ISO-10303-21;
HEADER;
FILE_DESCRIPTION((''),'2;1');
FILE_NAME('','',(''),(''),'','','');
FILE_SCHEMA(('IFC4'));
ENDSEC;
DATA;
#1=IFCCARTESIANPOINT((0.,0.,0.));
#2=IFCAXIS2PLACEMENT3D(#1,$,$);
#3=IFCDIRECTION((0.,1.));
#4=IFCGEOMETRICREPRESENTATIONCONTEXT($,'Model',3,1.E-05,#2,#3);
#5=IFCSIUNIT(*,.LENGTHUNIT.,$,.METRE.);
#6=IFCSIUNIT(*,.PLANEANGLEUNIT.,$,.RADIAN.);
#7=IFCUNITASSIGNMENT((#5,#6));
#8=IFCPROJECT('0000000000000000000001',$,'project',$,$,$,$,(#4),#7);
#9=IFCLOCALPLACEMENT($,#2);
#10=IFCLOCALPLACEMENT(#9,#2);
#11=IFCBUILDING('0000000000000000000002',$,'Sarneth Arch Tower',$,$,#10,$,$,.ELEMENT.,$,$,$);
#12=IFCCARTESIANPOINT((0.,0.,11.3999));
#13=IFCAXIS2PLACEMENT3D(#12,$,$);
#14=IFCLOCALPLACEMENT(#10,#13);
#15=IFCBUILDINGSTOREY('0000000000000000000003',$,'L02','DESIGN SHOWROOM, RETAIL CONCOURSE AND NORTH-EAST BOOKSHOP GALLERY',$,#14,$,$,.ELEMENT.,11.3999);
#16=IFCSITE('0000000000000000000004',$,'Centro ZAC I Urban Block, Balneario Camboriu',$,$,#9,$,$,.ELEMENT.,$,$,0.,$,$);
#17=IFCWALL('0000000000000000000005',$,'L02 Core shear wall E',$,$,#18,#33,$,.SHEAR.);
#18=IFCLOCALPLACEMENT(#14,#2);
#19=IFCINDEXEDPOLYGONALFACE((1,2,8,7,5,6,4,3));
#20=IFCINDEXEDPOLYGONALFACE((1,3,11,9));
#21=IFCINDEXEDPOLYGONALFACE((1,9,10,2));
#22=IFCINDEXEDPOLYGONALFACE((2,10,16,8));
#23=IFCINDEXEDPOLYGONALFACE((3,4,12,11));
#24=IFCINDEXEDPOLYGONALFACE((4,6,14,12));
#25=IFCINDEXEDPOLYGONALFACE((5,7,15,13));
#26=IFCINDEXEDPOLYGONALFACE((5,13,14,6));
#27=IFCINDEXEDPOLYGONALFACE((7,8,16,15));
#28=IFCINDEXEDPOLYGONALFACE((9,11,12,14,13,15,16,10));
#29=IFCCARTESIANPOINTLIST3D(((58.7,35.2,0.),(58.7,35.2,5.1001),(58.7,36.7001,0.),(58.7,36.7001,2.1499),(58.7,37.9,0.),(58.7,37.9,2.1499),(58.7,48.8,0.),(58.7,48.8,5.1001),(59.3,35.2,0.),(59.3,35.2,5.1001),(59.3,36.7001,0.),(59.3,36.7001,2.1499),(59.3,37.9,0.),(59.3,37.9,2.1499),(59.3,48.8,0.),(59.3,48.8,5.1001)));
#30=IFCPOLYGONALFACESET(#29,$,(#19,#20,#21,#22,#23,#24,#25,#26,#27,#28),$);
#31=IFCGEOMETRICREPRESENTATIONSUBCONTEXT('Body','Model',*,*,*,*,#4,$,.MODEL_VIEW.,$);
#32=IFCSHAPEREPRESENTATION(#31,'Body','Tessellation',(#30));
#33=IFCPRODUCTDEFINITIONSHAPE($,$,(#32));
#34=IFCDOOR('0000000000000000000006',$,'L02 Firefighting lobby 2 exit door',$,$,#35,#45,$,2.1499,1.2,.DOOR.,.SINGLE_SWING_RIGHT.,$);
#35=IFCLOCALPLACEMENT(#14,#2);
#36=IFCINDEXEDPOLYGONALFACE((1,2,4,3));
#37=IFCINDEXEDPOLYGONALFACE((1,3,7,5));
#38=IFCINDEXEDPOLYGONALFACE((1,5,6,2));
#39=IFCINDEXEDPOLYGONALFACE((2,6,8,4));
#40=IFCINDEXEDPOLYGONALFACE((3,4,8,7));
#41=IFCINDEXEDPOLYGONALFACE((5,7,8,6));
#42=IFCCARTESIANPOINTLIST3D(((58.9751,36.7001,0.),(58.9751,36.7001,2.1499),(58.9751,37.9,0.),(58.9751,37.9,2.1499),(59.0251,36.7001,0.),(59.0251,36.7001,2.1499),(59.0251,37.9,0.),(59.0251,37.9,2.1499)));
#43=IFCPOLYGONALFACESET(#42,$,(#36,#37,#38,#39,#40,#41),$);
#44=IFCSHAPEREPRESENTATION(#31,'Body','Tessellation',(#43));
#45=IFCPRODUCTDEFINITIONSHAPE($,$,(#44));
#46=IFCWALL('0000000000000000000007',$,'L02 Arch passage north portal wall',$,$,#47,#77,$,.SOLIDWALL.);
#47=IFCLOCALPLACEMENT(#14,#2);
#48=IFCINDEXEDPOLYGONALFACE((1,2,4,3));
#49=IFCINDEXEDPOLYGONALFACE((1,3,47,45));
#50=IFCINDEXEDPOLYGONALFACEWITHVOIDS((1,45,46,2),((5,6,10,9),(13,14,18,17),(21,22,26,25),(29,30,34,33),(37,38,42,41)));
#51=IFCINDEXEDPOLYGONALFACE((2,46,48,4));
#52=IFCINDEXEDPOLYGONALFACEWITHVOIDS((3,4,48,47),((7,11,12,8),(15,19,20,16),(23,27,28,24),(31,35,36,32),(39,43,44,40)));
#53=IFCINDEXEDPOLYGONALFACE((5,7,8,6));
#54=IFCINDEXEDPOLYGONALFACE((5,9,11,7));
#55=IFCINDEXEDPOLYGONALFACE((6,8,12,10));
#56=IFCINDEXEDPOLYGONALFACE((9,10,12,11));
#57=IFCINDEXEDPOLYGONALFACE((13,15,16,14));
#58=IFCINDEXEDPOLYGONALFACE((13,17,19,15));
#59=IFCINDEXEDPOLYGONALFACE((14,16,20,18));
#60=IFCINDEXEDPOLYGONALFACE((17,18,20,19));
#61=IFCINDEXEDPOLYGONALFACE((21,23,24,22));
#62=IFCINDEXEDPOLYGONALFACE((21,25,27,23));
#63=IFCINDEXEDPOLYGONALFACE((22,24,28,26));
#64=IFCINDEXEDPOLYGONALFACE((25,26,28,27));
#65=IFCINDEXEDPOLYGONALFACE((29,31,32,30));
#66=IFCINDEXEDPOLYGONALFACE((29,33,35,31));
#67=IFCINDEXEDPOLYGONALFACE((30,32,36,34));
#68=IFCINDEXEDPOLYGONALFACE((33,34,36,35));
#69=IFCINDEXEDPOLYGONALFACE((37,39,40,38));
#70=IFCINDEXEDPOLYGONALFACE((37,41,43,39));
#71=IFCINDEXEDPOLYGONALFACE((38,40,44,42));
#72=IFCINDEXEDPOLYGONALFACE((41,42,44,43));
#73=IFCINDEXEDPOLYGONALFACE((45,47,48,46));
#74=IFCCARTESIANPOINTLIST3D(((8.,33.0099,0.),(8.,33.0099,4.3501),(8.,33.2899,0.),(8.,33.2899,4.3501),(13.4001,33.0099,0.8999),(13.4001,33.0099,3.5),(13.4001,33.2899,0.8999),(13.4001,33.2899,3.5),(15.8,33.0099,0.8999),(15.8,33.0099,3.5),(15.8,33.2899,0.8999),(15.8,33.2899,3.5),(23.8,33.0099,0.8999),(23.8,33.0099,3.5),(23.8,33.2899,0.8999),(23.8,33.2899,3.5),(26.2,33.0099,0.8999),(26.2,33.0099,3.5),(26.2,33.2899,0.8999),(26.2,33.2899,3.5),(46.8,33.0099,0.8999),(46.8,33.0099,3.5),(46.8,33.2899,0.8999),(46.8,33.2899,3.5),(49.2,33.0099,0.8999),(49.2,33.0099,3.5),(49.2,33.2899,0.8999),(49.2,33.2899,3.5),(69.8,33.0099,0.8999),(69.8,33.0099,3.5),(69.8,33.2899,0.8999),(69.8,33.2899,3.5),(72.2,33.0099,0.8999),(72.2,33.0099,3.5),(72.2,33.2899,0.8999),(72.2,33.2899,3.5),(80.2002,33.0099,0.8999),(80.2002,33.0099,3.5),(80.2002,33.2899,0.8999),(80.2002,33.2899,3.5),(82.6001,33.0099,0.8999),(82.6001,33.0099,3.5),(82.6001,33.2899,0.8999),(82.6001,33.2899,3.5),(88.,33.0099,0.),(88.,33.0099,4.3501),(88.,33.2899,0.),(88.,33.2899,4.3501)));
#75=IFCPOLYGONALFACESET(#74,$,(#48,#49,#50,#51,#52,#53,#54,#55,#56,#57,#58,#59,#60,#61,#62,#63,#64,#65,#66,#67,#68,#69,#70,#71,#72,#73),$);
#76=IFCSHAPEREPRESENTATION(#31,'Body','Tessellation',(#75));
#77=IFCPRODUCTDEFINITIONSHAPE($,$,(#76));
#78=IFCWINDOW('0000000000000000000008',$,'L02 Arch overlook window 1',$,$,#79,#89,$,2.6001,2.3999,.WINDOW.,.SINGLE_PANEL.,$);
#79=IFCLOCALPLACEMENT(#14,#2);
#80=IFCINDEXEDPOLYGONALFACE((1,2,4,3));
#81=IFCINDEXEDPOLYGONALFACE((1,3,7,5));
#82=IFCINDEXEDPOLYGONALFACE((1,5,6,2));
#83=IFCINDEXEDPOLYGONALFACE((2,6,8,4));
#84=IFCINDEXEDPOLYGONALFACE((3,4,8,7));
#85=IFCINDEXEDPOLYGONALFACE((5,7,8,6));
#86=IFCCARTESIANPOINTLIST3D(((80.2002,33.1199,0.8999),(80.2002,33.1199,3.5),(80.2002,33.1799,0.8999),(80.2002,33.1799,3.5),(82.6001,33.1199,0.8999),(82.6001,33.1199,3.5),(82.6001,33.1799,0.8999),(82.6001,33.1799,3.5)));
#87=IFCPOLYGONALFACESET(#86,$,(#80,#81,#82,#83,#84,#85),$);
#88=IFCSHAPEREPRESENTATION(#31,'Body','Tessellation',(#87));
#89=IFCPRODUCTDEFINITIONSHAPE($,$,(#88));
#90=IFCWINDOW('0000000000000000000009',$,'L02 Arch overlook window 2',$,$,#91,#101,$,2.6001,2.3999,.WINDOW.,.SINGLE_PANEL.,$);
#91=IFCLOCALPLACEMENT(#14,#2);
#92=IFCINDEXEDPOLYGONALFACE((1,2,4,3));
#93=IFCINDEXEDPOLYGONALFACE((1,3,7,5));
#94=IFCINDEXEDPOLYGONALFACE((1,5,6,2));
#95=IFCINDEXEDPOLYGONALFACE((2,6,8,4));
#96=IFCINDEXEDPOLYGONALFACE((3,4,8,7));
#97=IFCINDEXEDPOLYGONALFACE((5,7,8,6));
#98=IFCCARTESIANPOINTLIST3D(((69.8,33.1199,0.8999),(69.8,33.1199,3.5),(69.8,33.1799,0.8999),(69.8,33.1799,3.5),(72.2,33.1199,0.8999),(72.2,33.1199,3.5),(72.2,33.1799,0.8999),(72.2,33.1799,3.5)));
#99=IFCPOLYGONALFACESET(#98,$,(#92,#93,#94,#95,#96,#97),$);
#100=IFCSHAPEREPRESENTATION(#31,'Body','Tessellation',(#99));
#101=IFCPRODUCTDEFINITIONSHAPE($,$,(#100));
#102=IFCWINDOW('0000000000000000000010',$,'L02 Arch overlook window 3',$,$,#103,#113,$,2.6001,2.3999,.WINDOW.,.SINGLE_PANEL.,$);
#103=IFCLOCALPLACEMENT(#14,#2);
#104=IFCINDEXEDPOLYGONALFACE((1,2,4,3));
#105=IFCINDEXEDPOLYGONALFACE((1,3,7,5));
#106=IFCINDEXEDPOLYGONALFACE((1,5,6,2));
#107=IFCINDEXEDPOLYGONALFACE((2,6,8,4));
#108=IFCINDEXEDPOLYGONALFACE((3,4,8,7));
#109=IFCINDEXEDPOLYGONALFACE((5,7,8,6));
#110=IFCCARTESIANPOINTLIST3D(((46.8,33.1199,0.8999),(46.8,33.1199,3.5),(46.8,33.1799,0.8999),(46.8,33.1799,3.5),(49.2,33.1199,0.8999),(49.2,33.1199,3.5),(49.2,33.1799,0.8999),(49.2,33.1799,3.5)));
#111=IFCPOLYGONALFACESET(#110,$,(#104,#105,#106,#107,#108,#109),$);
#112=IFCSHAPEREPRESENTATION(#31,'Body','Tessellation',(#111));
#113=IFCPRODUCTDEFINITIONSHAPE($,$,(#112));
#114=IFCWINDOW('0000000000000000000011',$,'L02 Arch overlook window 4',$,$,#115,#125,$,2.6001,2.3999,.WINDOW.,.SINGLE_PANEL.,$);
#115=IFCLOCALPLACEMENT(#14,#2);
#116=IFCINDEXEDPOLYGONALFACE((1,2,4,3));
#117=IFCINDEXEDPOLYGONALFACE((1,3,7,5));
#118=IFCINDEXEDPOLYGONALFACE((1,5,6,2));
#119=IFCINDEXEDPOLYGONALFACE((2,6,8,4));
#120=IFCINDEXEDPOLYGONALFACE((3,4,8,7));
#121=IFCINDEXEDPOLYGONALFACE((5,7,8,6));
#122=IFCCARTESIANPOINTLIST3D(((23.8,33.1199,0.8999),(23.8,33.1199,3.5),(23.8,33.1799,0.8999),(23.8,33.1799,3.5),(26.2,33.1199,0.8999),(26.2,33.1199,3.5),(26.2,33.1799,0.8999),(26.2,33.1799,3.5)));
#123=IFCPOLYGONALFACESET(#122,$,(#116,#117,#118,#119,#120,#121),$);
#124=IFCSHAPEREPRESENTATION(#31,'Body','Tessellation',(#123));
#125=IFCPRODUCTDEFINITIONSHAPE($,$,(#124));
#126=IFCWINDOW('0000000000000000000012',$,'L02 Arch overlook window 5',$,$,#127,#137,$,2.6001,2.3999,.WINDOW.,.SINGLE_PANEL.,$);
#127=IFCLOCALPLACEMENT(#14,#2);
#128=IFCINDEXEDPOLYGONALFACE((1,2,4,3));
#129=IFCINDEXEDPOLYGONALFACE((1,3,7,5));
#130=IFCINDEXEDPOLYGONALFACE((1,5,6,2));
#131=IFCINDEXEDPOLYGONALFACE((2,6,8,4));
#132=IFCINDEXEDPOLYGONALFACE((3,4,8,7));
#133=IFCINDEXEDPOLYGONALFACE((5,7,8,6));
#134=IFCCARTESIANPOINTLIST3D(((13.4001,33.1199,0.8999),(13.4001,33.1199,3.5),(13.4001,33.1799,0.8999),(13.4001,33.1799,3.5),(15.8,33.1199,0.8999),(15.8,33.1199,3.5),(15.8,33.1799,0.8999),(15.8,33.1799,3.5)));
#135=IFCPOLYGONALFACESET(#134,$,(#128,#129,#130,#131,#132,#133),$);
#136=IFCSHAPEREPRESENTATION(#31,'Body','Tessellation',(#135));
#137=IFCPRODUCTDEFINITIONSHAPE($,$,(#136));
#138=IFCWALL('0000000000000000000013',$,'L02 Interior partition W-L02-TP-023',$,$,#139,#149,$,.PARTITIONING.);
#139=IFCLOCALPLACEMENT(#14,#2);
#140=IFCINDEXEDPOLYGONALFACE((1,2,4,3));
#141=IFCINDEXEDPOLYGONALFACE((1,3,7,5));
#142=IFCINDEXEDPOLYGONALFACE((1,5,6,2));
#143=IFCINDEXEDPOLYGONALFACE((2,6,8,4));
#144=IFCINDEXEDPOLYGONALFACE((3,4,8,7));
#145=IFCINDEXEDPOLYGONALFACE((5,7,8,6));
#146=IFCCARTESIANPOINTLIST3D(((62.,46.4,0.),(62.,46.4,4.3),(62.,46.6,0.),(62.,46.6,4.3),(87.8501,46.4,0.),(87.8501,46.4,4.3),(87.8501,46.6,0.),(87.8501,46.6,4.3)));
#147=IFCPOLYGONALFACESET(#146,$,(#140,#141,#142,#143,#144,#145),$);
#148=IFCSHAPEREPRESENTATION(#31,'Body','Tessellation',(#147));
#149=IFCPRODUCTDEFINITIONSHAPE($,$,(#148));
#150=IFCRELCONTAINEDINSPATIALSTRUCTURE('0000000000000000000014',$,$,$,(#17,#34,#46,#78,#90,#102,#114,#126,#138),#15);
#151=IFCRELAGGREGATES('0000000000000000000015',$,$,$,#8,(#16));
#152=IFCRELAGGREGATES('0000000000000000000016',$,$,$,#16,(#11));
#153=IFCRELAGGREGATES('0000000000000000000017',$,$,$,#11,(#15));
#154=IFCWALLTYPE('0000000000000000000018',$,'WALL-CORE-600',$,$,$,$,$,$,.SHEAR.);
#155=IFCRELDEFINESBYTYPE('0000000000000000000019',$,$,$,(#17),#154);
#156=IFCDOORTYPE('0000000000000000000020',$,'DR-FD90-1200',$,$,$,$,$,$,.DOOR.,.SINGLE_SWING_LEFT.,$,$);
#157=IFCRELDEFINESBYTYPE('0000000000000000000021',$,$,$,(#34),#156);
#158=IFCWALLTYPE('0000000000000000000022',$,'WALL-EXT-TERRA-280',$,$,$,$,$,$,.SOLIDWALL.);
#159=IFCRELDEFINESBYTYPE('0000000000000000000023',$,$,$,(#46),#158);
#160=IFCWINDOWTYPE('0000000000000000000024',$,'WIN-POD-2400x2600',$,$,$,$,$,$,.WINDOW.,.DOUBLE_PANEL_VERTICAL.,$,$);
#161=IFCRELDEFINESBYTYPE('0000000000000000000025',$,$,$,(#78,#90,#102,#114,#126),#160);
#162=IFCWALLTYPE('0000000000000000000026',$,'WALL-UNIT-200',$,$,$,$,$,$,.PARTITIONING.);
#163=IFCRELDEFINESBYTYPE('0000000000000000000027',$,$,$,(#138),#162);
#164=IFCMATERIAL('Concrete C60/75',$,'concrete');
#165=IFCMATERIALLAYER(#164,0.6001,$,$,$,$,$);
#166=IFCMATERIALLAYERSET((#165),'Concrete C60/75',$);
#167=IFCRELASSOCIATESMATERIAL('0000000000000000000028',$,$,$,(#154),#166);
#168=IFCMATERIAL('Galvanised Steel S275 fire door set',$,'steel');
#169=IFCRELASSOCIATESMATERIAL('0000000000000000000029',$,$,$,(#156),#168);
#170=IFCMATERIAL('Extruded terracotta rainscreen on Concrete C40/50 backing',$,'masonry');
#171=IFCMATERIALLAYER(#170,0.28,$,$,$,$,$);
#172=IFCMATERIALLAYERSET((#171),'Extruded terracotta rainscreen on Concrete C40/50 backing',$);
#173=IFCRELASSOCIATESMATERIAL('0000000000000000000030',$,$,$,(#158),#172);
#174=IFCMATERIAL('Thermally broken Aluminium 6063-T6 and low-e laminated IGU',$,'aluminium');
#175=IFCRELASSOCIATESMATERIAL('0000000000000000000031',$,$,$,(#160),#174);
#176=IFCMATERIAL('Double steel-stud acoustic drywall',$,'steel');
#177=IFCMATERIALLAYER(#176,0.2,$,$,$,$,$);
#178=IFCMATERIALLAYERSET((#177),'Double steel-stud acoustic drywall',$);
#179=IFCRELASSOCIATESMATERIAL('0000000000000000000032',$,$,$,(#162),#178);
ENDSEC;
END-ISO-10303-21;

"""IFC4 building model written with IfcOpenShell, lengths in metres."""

from ifc_helpers import new_model, si_unit, direction, frame, frame_2d, origin, place, context, subcontext, project, spatial, rectangle, extrude, material, layer, layer_set, type_object, element, fill, save


model = new_model("IFC4")

# Units and contexts
model_context = context("Model", 3, precision=1e-05, world=origin(), true_north=direction((0.0, 1.0)))
body_context = subcontext(model_context, "Body", "Model", "MODEL_VIEW")
ifc_project = project(units=[si_unit("LENGTHUNIT", "METRE"), si_unit("PLANEANGLEUNIT", "RADIAN")], contexts=[model_context])

# Site, building, storey
site_placement = place(None, origin())
site = spatial("IfcSite", under=ifc_project, at=site_placement, Name="Centro ZAC I Urban Block, Balneario Camboriu", CompositionType="ELEMENT", RefElevation=0.0)
building_placement = place(site_placement, origin())
building = spatial("IfcBuilding", under=site, at=building_placement, Name="Sarneth Arch Tower", CompositionType="ELEMENT")
storey_placement = place(building_placement, frame((0.0, 0.0, 11.3999)))
storey = spatial("IfcBuildingStorey", under=building, at=storey_placement, Name="L02", Description="DESIGN SHOWROOM, RETAIL CONCOURSE AND NORTH-EAST BOOKSHOP GALLERY", CompositionType="ELEMENT", Elevation=11.3999)

# Wall, opening, door
ifc_material_1 = material(Name="Concrete C60/75", Category="concrete")
ifc_layer_1 = layer(ifc_material_1, 0.6001)
ifc_layer_set_1 = layer_set([ifc_layer_1], Name="Concrete C60/75")
wall_type_1 = type_object("IfcWallType", Name="WALL-CORE-600", PredefinedType="SHEAR", material=ifc_layer_set_1)
wall_1_placement = place(storey_placement, frame((59.0, 35.2, 0.0), z_axis=(0.0, 0.0, 1.0), x_axis=(0.0, 1.0, 0.0)))
wall_1 = element("IfcWall", 1, at=wall_1_placement, inside=storey, type_object=wall_type_1, Name="L02 Core shear wall E", PredefinedType="SHEAR", context=body_context, shape_type="SweptSolid", body=[
    extrude(rectangle(XDim=13.6001, YDim=0.6001, at=frame_2d((6.8, 0.0))), origin(), (0.0, 0.0, 1.0), 5.1001),
])
opening_1_placement = place(wall_1_placement, frame((1.5, 0.0, 0.0)))
opening_1 = element("IfcOpeningElement", 2, at=opening_1_placement, cuts=wall_1, PredefinedType="OPENING", context=body_context, shape_type="SweptSolid", body=[
    extrude(rectangle(XDim=1.2, YDim=2.1499, at=frame_2d((0.6001, 1.075))), frame((0.0, 0.3101, 0.0), z_axis=(0.0, -1.0, 0.0), x_axis=(1.0, 0.0, 0.0)), (0.0, 0.0, 1.0), 0.6201),
])
ifc_material_2 = material(Name="Galvanised Steel S275 fire door set", Category="steel")
door_type = type_object("IfcDoorType", Name="DR-FD90-1200", OperationType="SINGLE_SWING_LEFT", PredefinedType="DOOR", material=ifc_material_2)
door_placement = place(opening_1_placement, origin())
door = element("IfcDoor", 3, at=door_placement, inside=storey, type_object=door_type, Name="L02 Firefighting lobby 2 exit door", OperationType="SINGLE_SWING_RIGHT", OverallHeight=2.1499, OverallWidth=1.2, PredefinedType="DOOR", context=body_context, shape_type="SweptSolid", body=[
    extrude(rectangle(XDim=1.2, YDim=2.1499, at=frame_2d((0.6001, 1.075))), frame((0.0, 0.0249, 0.0), z_axis=(0.0, -1.0, 0.0), x_axis=(1.0, 0.0, 0.0)), (0.0, 0.0, 1.0), 0.05),
])
fill(opening_1, door)

# Wall, openings, windows
ifc_material_3 = material(Name="Extruded terracotta rainscreen on Concrete C40/50 backing", Category="masonry")
ifc_layer_2 = layer(ifc_material_3, 0.28)
ifc_layer_set_2 = layer_set([ifc_layer_2], Name="Extruded terracotta rainscreen on Concrete C40/50 backing")
wall_type_2 = type_object("IfcWallType", Name="WALL-EXT-TERRA-280", PredefinedType="SOLIDWALL", material=ifc_layer_set_2)
wall_2_placement = place(storey_placement, frame((88.0, 33.1499, 0.0), z_axis=(0.0, 0.0, 1.0), x_axis=(-1.0, 0.0, 0.0)))
wall_2 = element("IfcWall", 4, at=wall_2_placement, inside=storey, type_object=wall_type_2, Name="L02 Arch passage north portal wall", PredefinedType="SOLIDWALL", context=body_context, shape_type="SweptSolid", body=[
    extrude(rectangle(XDim=80.0, YDim=0.28, at=frame_2d((40.0, 0.0))), origin(), (0.0, 0.0, 1.0), 4.3501),
])
opening_2_placement = place(wall_2_placement, frame((5.3999, 0.0, 0.8999)))
opening_2 = element("IfcOpeningElement", 5, at=opening_2_placement, cuts=wall_2, PredefinedType="OPENING", context=body_context, shape_type="SweptSolid", body=[
    extrude(rectangle(XDim=2.3999, YDim=2.6001, at=frame_2d((1.2, 1.3))), frame((0.0, 0.1499, 0.0), z_axis=(0.0, -1.0, 0.0), x_axis=(1.0, 0.0, 0.0)), (0.0, 0.0, 1.0), 0.3),
])
opening_3_placement = place(wall_2_placement, frame((15.8, 0.0, 0.8999)))
opening_3 = element("IfcOpeningElement", 6, at=opening_3_placement, cuts=wall_2, PredefinedType="OPENING", context=body_context, shape_type="SweptSolid", body=[
    extrude(rectangle(XDim=2.3999, YDim=2.6001, at=frame_2d((1.2, 1.3))), frame((0.0, 0.1499, 0.0), z_axis=(0.0, -1.0, 0.0), x_axis=(1.0, 0.0, 0.0)), (0.0, 0.0, 1.0), 0.3),
])
opening_4_placement = place(wall_2_placement, frame((38.8, 0.0, 0.8999)))
opening_4 = element("IfcOpeningElement", 7, at=opening_4_placement, cuts=wall_2, PredefinedType="OPENING", context=body_context, shape_type="SweptSolid", body=[
    extrude(rectangle(XDim=2.3999, YDim=2.6001, at=frame_2d((1.2, 1.3))), frame((0.0, 0.1499, 0.0), z_axis=(0.0, -1.0, 0.0), x_axis=(1.0, 0.0, 0.0)), (0.0, 0.0, 1.0), 0.3),
])
opening_5_placement = place(wall_2_placement, frame((61.8, 0.0, 0.8999)))
opening_5 = element("IfcOpeningElement", 8, at=opening_5_placement, cuts=wall_2, PredefinedType="OPENING", context=body_context, shape_type="SweptSolid", body=[
    extrude(rectangle(XDim=2.3999, YDim=2.6001, at=frame_2d((1.2, 1.3))), frame((0.0, 0.1499, 0.0), z_axis=(0.0, -1.0, 0.0), x_axis=(1.0, 0.0, 0.0)), (0.0, 0.0, 1.0), 0.3),
])
opening_6_placement = place(wall_2_placement, frame((72.2, 0.0, 0.8999)))
opening_6 = element("IfcOpeningElement", 9, at=opening_6_placement, cuts=wall_2, PredefinedType="OPENING", context=body_context, shape_type="SweptSolid", body=[
    extrude(rectangle(XDim=2.3999, YDim=2.6001, at=frame_2d((1.2, 1.3))), frame((0.0, 0.1499, 0.0), z_axis=(0.0, -1.0, 0.0), x_axis=(1.0, 0.0, 0.0)), (0.0, 0.0, 1.0), 0.3),
])
ifc_material_4 = material(Name="Thermally broken Aluminium 6063-T6 and low-e laminated IGU", Category="aluminium")
window_type = type_object("IfcWindowType", Name="WIN-POD-2400x2600", PartitioningType="DOUBLE_PANEL_VERTICAL", PredefinedType="WINDOW", material=ifc_material_4)
window_1_placement = place(opening_2_placement, origin())
window_1 = element("IfcWindow", 10, at=window_1_placement, inside=storey, type_object=window_type, Name="L02 Arch overlook window 1", OverallHeight=2.6001, OverallWidth=2.3999, PartitioningType="SINGLE_PANEL", PredefinedType="WINDOW", context=body_context, shape_type="SweptSolid", body=[
    extrude(rectangle(XDim=2.3999, YDim=2.6001, at=frame_2d((1.2, 1.3))), frame((0.0, 0.03, 0.0), z_axis=(0.0, -1.0, 0.0), x_axis=(1.0, 0.0, 0.0)), (0.0, 0.0, 1.0), 0.0601),
])
fill(opening_2, window_1)
window_2_placement = place(opening_3_placement, origin())
window_2 = element("IfcWindow", 11, at=window_2_placement, inside=storey, type_object=window_type, Name="L02 Arch overlook window 2", OverallHeight=2.6001, OverallWidth=2.3999, PartitioningType="SINGLE_PANEL", PredefinedType="WINDOW", context=body_context, shape_type="SweptSolid", body=[
    extrude(rectangle(XDim=2.3999, YDim=2.6001, at=frame_2d((1.2, 1.3))), frame((0.0, 0.03, 0.0), z_axis=(0.0, -1.0, 0.0), x_axis=(1.0, 0.0, 0.0)), (0.0, 0.0, 1.0), 0.0601),
])
fill(opening_3, window_2)
window_3_placement = place(opening_4_placement, origin())
window_3 = element("IfcWindow", 12, at=window_3_placement, inside=storey, type_object=window_type, Name="L02 Arch overlook window 3", OverallHeight=2.6001, OverallWidth=2.3999, PartitioningType="SINGLE_PANEL", PredefinedType="WINDOW", context=body_context, shape_type="SweptSolid", body=[
    extrude(rectangle(XDim=2.3999, YDim=2.6001, at=frame_2d((1.2, 1.3))), frame((0.0, 0.03, 0.0), z_axis=(0.0, -1.0, 0.0), x_axis=(1.0, 0.0, 0.0)), (0.0, 0.0, 1.0), 0.0601),
])
fill(opening_4, window_3)
window_4_placement = place(opening_5_placement, origin())
window_4 = element("IfcWindow", 13, at=window_4_placement, inside=storey, type_object=window_type, Name="L02 Arch overlook window 4", OverallHeight=2.6001, OverallWidth=2.3999, PartitioningType="SINGLE_PANEL", PredefinedType="WINDOW", context=body_context, shape_type="SweptSolid", body=[
    extrude(rectangle(XDim=2.3999, YDim=2.6001, at=frame_2d((1.2, 1.3))), frame((0.0, 0.03, 0.0), z_axis=(0.0, -1.0, 0.0), x_axis=(1.0, 0.0, 0.0)), (0.0, 0.0, 1.0), 0.0601),
])
fill(opening_5, window_4)
window_5_placement = place(opening_6_placement, origin())
window_5 = element("IfcWindow", 14, at=window_5_placement, inside=storey, type_object=window_type, Name="L02 Arch overlook window 5", OverallHeight=2.6001, OverallWidth=2.3999, PartitioningType="SINGLE_PANEL", PredefinedType="WINDOW", context=body_context, shape_type="SweptSolid", body=[
    extrude(rectangle(XDim=2.3999, YDim=2.6001, at=frame_2d((1.2, 1.3))), frame((0.0, 0.03, 0.0), z_axis=(0.0, -1.0, 0.0), x_axis=(1.0, 0.0, 0.0)), (0.0, 0.0, 1.0), 0.0601),
])
fill(opening_6, window_5)

# Wall
ifc_material_5 = material(Name="Double steel-stud acoustic drywall", Category="steel")
ifc_layer_3 = layer(ifc_material_5, 0.2)
ifc_layer_set_3 = layer_set([ifc_layer_3], Name="Double steel-stud acoustic drywall")
wall_type_3 = type_object("IfcWallType", Name="WALL-UNIT-200", PredefinedType="PARTITIONING", material=ifc_layer_set_3)
wall_3_placement = place(storey_placement, frame((62.0, 46.5, 0.0), z_axis=(0.0, 0.0, 1.0), x_axis=(1.0, 0.0, 0.0)))
element("IfcWall", 15, at=wall_3_placement, inside=storey, type_object=wall_type_3, Name="L02 Interior partition W-L02-TP-023", PredefinedType="PARTITIONING", context=body_context, shape_type="SweptSolid", body=[
    extrude(rectangle(XDim=25.8501, YDim=0.2, at=frame_2d((12.925, 0.0))), origin(), (0.0, 0.0, 1.0), 4.3),
])

save(model, "model.ifc")
